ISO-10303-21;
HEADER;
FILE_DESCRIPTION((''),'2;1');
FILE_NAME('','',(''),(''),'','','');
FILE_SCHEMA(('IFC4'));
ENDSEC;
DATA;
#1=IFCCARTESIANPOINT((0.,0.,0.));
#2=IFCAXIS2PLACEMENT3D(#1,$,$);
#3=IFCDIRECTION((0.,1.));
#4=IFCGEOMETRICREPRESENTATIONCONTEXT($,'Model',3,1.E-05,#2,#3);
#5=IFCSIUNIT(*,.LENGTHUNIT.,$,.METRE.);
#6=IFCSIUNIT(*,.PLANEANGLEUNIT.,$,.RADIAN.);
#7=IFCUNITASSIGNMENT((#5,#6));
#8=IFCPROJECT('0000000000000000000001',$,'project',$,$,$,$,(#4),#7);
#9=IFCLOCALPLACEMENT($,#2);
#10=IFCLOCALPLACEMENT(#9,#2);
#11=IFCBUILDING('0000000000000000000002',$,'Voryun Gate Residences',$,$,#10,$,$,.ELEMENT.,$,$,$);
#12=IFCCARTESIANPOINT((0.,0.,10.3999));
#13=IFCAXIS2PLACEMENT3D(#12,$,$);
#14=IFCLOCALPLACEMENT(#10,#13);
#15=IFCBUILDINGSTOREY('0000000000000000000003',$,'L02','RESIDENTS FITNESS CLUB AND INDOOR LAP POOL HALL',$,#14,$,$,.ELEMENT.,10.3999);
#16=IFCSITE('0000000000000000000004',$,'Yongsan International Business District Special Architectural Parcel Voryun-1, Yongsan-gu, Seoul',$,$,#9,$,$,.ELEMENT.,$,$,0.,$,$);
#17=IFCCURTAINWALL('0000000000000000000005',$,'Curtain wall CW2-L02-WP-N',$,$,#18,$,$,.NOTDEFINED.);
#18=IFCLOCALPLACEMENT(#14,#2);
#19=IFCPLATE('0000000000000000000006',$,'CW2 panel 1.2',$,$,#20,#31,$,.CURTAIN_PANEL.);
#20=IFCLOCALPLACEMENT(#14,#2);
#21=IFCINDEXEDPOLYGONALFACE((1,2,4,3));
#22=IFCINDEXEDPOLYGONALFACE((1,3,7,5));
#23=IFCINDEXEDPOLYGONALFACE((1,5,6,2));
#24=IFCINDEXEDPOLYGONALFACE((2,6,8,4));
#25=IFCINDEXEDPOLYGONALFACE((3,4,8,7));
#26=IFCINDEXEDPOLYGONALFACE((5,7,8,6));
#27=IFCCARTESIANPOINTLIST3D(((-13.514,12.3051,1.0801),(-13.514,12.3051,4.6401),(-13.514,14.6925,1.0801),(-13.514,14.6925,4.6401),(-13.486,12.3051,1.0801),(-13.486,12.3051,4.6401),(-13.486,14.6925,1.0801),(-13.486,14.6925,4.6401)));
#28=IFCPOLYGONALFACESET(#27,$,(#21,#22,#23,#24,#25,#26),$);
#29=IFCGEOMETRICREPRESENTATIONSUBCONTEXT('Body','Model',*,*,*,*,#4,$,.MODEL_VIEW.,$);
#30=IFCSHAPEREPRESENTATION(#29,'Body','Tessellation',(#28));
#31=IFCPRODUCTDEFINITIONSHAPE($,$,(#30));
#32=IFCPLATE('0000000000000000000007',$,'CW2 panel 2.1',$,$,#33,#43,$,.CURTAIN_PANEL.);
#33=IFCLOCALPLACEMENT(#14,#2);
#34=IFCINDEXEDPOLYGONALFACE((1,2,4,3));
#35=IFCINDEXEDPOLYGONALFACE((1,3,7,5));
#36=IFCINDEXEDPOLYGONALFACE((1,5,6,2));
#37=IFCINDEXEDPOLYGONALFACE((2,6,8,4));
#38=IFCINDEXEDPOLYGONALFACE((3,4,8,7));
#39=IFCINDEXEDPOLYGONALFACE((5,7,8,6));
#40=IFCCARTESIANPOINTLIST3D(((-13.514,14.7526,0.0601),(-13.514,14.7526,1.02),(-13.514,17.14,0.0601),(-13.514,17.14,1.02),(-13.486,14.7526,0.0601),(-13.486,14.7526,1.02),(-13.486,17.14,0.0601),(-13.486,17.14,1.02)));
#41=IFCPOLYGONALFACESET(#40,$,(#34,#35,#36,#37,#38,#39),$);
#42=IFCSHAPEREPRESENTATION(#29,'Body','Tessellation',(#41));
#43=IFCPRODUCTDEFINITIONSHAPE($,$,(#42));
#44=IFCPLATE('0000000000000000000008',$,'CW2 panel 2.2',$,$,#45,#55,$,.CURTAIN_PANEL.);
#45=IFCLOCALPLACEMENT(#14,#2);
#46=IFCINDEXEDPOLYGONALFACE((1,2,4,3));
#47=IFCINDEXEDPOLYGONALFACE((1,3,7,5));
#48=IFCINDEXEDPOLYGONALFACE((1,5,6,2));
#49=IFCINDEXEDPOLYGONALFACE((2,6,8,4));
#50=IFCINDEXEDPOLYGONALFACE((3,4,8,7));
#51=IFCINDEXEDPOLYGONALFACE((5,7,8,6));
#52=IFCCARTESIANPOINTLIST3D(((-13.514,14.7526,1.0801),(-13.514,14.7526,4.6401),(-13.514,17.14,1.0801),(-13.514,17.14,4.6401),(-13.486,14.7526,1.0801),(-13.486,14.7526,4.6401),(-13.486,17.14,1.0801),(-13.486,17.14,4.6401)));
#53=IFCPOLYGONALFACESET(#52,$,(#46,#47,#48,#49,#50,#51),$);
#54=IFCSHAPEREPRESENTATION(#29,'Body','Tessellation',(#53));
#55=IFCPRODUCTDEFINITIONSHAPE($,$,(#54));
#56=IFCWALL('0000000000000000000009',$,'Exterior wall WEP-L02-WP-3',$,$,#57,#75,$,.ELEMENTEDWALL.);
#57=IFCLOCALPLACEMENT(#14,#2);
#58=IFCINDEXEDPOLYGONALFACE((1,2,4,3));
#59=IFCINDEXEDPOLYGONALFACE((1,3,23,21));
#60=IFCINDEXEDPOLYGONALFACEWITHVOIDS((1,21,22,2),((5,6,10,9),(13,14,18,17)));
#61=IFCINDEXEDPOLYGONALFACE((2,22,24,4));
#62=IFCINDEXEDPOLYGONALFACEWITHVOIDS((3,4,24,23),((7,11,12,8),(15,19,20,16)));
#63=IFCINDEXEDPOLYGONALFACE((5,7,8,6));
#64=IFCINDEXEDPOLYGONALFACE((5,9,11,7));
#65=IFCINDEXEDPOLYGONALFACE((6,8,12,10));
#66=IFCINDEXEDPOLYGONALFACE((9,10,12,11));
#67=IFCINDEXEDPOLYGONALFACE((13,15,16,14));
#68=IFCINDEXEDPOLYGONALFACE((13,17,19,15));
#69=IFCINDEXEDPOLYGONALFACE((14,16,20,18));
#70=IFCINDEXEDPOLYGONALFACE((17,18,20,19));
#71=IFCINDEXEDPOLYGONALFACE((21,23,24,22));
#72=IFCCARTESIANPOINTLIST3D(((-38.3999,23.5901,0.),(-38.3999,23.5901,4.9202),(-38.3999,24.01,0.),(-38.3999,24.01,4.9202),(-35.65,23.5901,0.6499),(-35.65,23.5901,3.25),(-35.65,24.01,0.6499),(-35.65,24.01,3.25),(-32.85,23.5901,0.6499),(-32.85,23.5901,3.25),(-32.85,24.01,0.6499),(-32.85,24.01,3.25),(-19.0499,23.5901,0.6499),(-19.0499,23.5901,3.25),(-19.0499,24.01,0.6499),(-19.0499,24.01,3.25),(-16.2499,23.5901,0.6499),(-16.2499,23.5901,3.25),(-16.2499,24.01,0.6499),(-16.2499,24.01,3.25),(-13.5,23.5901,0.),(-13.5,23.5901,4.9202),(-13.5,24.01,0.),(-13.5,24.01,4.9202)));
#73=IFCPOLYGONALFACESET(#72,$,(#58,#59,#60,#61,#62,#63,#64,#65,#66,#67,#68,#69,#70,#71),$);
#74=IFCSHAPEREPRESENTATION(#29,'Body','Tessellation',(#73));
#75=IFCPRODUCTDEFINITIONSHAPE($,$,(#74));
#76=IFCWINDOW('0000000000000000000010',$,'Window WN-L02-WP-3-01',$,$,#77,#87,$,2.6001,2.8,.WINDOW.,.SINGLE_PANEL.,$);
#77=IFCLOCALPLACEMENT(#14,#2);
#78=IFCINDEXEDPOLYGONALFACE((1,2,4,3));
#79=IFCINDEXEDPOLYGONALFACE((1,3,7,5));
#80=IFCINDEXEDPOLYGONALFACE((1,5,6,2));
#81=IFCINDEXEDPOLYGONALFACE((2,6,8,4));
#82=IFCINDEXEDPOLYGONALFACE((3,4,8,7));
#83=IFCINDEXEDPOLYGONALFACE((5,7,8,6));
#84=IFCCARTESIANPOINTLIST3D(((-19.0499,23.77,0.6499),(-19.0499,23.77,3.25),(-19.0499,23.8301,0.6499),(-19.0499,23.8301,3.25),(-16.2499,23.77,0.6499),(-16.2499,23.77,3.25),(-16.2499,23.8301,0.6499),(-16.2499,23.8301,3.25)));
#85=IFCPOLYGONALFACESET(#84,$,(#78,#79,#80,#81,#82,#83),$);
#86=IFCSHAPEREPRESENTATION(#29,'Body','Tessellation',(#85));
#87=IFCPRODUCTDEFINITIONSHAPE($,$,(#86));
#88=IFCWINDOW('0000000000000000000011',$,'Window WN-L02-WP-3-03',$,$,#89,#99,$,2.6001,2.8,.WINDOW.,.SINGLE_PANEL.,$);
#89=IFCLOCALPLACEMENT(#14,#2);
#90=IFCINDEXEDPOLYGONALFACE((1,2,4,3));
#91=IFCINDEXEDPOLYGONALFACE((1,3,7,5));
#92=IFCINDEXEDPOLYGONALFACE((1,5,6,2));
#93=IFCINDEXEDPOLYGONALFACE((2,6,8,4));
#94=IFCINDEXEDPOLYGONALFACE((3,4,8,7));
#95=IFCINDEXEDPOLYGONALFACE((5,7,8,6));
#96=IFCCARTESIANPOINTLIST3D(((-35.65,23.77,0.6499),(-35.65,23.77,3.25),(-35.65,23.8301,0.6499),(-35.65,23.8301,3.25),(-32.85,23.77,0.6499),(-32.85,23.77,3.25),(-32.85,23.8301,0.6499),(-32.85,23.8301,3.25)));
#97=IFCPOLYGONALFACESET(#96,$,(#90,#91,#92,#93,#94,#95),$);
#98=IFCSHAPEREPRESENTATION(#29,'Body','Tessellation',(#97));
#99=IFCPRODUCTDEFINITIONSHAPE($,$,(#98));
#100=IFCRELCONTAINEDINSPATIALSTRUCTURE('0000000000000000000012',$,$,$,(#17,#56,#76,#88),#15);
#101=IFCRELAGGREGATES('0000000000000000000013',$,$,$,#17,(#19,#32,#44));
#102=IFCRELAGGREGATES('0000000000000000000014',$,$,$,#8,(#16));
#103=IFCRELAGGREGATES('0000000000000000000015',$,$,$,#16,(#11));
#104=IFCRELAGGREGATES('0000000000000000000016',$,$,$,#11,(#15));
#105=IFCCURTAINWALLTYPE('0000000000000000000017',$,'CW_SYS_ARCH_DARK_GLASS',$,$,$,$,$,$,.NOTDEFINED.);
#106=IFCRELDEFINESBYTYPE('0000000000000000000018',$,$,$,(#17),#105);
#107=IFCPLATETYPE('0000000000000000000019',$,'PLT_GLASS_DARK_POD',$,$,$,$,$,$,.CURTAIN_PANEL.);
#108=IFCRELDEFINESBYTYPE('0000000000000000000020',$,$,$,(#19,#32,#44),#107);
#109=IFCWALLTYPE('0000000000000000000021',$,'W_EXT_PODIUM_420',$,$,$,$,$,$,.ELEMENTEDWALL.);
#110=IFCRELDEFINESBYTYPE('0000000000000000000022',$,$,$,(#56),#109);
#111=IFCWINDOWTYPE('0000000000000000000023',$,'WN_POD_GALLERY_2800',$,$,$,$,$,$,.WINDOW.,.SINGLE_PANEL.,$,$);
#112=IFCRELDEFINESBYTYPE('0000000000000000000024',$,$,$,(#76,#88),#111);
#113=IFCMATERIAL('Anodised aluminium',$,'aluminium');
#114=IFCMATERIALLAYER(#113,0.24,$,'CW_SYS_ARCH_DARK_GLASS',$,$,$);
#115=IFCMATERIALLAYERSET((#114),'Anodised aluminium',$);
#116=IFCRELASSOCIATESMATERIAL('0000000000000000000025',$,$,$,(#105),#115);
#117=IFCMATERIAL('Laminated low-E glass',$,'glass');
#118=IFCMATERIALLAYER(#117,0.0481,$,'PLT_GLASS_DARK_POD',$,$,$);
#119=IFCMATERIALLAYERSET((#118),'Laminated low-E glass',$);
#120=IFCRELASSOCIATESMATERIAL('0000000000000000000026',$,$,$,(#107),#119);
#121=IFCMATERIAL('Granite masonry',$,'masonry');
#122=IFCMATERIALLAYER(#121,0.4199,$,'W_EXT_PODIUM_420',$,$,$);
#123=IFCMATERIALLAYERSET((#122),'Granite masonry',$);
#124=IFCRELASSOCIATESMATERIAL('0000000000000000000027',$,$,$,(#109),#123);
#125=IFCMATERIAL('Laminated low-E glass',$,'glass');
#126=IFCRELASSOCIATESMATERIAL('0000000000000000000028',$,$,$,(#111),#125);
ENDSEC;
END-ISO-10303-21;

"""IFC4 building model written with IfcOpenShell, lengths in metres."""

from ifc_helpers import new_model, si_unit, direction, frame, frame_2d, origin, origin_2d, place, context, subcontext, project, spatial, rectangle, extrude, material, layer, layer_set, type_object, element, fill, aggregate, save


model = new_model("IFC4")

# Units and contexts
model_context = context("Model", 3, precision=1e-05, world=origin(), true_north=direction((0.0, 1.0)))
body_context = subcontext(model_context, "Body", "Model", "MODEL_VIEW")
ifc_project = project(units=[si_unit("LENGTHUNIT", "METRE"), si_unit("PLANEANGLEUNIT", "RADIAN")], contexts=[model_context])

# Site, building, storey
site_placement = place(None, origin())
site = spatial("IfcSite", under=ifc_project, at=site_placement, Name="Yongsan International Business District Special Architectural Parcel Voryun-1, Yongsan-gu, Seoul", CompositionType="ELEMENT", RefElevation=0.0)
building_placement = place(site_placement, origin())
building = spatial("IfcBuilding", under=site, at=building_placement, Name="Voryun Gate Residences", CompositionType="ELEMENT")
storey_placement = place(building_placement, frame((0.0, 0.0, 10.3999)))
storey = spatial("IfcBuildingStorey", under=building, at=storey_placement, Name="L02", Description="RESIDENTS FITNESS CLUB AND INDOOR LAP POOL HALL", CompositionType="ELEMENT", Elevation=10.3999)

# Shared definitions
ifc_material_1 = material(Name="Anodised aluminium", Category="aluminium")
ifc_layer_1 = layer(ifc_material_1, 0.24, Name="CW_SYS_ARCH_DARK_GLASS")
ifc_layer_set_1 = layer_set([ifc_layer_1], Name="Anodised aluminium")
curtain_wall_type = type_object("IfcCurtainWallType", Name="CW_SYS_ARCH_DARK_GLASS", PredefinedType="NOTDEFINED", material=ifc_layer_set_1)

# Curtain wall
curtain_wall_1_placement = place(storey_placement, origin())
curtain_wall_1 = element("IfcCurtainWall", 1, at=curtain_wall_1_placement, inside=storey, type_object=curtain_wall_type, Name="Curtain wall CW2-L02-WP-N", PredefinedType="NOTDEFINED")

# Plates
ifc_material_2 = material(Name="Laminated low-E glass", Category="glass")
ifc_layer_2 = layer(ifc_material_2, 0.0481, Name="PLT_GLASS_DARK_POD")
ifc_layer_set_2 = layer_set([ifc_layer_2], Name="Laminated low-E glass")
plate_type_1 = type_object("IfcPlateType", Name="PLT_GLASS_DARK_POD", PredefinedType="CURTAIN_PANEL", material=ifc_layer_set_2)
plate_1_placement = place(storey_placement, frame((-13.5, 13.4988, 1.0801), z_axis=(0.0, 0.0, 1.0), x_axis=(0.0, 1.0, 0.0)))
plate_1 = element("IfcPlate", 2, at=plate_1_placement, type_object=plate_type_1, Name="CW2 panel 1.2", PredefinedType="CURTAIN_PANEL", context=body_context, shape_type="SweptSolid", body=[
    extrude(rectangle(XDim=2.3875, YDim=0.0281, at=origin_2d()), origin(), (0.0, 0.0, 1.0), 3.5601),
])
plate_2_placement = place(storey_placement, frame((-13.5, 15.9463, 0.0601), z_axis=(0.0, 0.0, 1.0), x_axis=(0.0, 1.0, 0.0)))
plate_2 = element("IfcPlate", 3, at=plate_2_placement, type_object=plate_type_1, Name="CW2 panel 2.1", PredefinedType="CURTAIN_PANEL", context=body_context, shape_type="SweptSolid", body=[
    extrude(rectangle(XDim=2.3875, YDim=0.0281, at=origin_2d()), origin(), (0.0, 0.0, 1.0), 0.96),
])
plate_3_placement = place(storey_placement, frame((-13.5, 15.9463, 1.0801), z_axis=(0.0, 0.0, 1.0), x_axis=(0.0, 1.0, 0.0)))
plate_3 = element("IfcPlate", 4, at=plate_3_placement, type_object=plate_type_1, Name="CW2 panel 2.2", PredefinedType="CURTAIN_PANEL", context=body_context, shape_type="SweptSolid", body=[
    extrude(rectangle(XDim=2.3875, YDim=0.0281, at=origin_2d()), origin(), (0.0, 0.0, 1.0), 3.5601),
])
aggregate(curtain_wall_1, [plate_1, plate_2, plate_3])

# Wall, openings, windows
ifc_material_3 = material(Name="Granite masonry", Category="masonry")
ifc_layer_3 = layer(ifc_material_3, 0.4199, Name="W_EXT_PODIUM_420")
ifc_layer_set_3 = layer_set([ifc_layer_3], Name="Granite masonry")
wall_type = type_object("IfcWallType", Name="W_EXT_PODIUM_420", PredefinedType="ELEMENTEDWALL", material=ifc_layer_set_3)
wall_placement = place(storey_placement, frame((-13.5, 23.8, 0.0), z_axis=(0.0, 0.0, 1.0), x_axis=(-1.0, 0.0, 0.0)))
wall = element("IfcWall", 5, at=wall_placement, inside=storey, type_object=wall_type, Name="Exterior wall WEP-L02-WP-3", PredefinedType="ELEMENTEDWALL", context=body_context, shape_type="SweptSolid", body=[
    extrude(rectangle(XDim=24.8999, YDim=0.4199, at=frame_2d((12.45, 0.0))), origin(), (0.0, 0.0, 1.0), 4.9202),
])
opening_1_placement = place(wall_placement, frame((2.75, 0.0, 0.6499)))
opening_1 = element("IfcOpeningElement", 6, at=opening_1_placement, cuts=wall, PredefinedType="OPENING", context=body_context, shape_type="SweptSolid", body=[
    extrude(rectangle(XDim=2.8, YDim=2.6001, at=frame_2d((1.3999, 1.3))), frame((0.0, 0.22, 0.0), z_axis=(0.0, -1.0, 0.0), x_axis=(1.0, 0.0, 0.0)), (0.0, 0.0, 1.0), 0.4399),
])
opening_2_placement = place(wall_placement, frame((19.3501, 0.0, 0.6499)))
opening_2 = element("IfcOpeningElement", 7, at=opening_2_placement, cuts=wall, PredefinedType="OPENING", context=body_context, shape_type="SweptSolid", body=[
    extrude(rectangle(XDim=2.8, YDim=2.6001, at=frame_2d((1.3999, 1.3))), frame((0.0, 0.22, 0.0), z_axis=(0.0, -1.0, 0.0), x_axis=(1.0, 0.0, 0.0)), (0.0, 0.0, 1.0), 0.4399),
])
ifc_material_4 = material(Name="Laminated low-E glass", Category="glass")
window_type = type_object("IfcWindowType", Name="WN_POD_GALLERY_2800", PartitioningType="SINGLE_PANEL", PredefinedType="WINDOW", material=ifc_material_4)
window_1_placement = place(opening_1_placement, origin())
window_1 = element("IfcWindow", 8, at=window_1_placement, inside=storey, type_object=window_type, Name="Window WN-L02-WP-3-01", OverallHeight=2.6001, OverallWidth=2.8, PartitioningType="SINGLE_PANEL", PredefinedType="WINDOW", context=body_context, shape_type="SweptSolid", body=[
    extrude(rectangle(XDim=2.8, YDim=2.6001, at=frame_2d((1.3999, 1.3))), frame((0.0, 0.03, 0.0), z_axis=(0.0, -1.0, 0.0), x_axis=(1.0, 0.0, 0.0)), (0.0, 0.0, 1.0), 0.0601),
])
fill(opening_1, window_1)
window_2_placement = place(opening_2_placement, origin())
window_2 = element("IfcWindow", 9, at=window_2_placement, inside=storey, type_object=window_type, Name="Window WN-L02-WP-3-03", OverallHeight=2.6001, OverallWidth=2.8, PartitioningType="SINGLE_PANEL", PredefinedType="WINDOW", context=body_context, shape_type="SweptSolid", body=[
    extrude(rectangle(XDim=2.8, YDim=2.6001, at=frame_2d((1.3999, 1.3))), frame((0.0, 0.03, 0.0), z_axis=(0.0, -1.0, 0.0), x_axis=(1.0, 0.0, 0.0)), (0.0, 0.0, 1.0), 0.0601),
])
fill(opening_2, window_2)

save(model, "model.ifc")
